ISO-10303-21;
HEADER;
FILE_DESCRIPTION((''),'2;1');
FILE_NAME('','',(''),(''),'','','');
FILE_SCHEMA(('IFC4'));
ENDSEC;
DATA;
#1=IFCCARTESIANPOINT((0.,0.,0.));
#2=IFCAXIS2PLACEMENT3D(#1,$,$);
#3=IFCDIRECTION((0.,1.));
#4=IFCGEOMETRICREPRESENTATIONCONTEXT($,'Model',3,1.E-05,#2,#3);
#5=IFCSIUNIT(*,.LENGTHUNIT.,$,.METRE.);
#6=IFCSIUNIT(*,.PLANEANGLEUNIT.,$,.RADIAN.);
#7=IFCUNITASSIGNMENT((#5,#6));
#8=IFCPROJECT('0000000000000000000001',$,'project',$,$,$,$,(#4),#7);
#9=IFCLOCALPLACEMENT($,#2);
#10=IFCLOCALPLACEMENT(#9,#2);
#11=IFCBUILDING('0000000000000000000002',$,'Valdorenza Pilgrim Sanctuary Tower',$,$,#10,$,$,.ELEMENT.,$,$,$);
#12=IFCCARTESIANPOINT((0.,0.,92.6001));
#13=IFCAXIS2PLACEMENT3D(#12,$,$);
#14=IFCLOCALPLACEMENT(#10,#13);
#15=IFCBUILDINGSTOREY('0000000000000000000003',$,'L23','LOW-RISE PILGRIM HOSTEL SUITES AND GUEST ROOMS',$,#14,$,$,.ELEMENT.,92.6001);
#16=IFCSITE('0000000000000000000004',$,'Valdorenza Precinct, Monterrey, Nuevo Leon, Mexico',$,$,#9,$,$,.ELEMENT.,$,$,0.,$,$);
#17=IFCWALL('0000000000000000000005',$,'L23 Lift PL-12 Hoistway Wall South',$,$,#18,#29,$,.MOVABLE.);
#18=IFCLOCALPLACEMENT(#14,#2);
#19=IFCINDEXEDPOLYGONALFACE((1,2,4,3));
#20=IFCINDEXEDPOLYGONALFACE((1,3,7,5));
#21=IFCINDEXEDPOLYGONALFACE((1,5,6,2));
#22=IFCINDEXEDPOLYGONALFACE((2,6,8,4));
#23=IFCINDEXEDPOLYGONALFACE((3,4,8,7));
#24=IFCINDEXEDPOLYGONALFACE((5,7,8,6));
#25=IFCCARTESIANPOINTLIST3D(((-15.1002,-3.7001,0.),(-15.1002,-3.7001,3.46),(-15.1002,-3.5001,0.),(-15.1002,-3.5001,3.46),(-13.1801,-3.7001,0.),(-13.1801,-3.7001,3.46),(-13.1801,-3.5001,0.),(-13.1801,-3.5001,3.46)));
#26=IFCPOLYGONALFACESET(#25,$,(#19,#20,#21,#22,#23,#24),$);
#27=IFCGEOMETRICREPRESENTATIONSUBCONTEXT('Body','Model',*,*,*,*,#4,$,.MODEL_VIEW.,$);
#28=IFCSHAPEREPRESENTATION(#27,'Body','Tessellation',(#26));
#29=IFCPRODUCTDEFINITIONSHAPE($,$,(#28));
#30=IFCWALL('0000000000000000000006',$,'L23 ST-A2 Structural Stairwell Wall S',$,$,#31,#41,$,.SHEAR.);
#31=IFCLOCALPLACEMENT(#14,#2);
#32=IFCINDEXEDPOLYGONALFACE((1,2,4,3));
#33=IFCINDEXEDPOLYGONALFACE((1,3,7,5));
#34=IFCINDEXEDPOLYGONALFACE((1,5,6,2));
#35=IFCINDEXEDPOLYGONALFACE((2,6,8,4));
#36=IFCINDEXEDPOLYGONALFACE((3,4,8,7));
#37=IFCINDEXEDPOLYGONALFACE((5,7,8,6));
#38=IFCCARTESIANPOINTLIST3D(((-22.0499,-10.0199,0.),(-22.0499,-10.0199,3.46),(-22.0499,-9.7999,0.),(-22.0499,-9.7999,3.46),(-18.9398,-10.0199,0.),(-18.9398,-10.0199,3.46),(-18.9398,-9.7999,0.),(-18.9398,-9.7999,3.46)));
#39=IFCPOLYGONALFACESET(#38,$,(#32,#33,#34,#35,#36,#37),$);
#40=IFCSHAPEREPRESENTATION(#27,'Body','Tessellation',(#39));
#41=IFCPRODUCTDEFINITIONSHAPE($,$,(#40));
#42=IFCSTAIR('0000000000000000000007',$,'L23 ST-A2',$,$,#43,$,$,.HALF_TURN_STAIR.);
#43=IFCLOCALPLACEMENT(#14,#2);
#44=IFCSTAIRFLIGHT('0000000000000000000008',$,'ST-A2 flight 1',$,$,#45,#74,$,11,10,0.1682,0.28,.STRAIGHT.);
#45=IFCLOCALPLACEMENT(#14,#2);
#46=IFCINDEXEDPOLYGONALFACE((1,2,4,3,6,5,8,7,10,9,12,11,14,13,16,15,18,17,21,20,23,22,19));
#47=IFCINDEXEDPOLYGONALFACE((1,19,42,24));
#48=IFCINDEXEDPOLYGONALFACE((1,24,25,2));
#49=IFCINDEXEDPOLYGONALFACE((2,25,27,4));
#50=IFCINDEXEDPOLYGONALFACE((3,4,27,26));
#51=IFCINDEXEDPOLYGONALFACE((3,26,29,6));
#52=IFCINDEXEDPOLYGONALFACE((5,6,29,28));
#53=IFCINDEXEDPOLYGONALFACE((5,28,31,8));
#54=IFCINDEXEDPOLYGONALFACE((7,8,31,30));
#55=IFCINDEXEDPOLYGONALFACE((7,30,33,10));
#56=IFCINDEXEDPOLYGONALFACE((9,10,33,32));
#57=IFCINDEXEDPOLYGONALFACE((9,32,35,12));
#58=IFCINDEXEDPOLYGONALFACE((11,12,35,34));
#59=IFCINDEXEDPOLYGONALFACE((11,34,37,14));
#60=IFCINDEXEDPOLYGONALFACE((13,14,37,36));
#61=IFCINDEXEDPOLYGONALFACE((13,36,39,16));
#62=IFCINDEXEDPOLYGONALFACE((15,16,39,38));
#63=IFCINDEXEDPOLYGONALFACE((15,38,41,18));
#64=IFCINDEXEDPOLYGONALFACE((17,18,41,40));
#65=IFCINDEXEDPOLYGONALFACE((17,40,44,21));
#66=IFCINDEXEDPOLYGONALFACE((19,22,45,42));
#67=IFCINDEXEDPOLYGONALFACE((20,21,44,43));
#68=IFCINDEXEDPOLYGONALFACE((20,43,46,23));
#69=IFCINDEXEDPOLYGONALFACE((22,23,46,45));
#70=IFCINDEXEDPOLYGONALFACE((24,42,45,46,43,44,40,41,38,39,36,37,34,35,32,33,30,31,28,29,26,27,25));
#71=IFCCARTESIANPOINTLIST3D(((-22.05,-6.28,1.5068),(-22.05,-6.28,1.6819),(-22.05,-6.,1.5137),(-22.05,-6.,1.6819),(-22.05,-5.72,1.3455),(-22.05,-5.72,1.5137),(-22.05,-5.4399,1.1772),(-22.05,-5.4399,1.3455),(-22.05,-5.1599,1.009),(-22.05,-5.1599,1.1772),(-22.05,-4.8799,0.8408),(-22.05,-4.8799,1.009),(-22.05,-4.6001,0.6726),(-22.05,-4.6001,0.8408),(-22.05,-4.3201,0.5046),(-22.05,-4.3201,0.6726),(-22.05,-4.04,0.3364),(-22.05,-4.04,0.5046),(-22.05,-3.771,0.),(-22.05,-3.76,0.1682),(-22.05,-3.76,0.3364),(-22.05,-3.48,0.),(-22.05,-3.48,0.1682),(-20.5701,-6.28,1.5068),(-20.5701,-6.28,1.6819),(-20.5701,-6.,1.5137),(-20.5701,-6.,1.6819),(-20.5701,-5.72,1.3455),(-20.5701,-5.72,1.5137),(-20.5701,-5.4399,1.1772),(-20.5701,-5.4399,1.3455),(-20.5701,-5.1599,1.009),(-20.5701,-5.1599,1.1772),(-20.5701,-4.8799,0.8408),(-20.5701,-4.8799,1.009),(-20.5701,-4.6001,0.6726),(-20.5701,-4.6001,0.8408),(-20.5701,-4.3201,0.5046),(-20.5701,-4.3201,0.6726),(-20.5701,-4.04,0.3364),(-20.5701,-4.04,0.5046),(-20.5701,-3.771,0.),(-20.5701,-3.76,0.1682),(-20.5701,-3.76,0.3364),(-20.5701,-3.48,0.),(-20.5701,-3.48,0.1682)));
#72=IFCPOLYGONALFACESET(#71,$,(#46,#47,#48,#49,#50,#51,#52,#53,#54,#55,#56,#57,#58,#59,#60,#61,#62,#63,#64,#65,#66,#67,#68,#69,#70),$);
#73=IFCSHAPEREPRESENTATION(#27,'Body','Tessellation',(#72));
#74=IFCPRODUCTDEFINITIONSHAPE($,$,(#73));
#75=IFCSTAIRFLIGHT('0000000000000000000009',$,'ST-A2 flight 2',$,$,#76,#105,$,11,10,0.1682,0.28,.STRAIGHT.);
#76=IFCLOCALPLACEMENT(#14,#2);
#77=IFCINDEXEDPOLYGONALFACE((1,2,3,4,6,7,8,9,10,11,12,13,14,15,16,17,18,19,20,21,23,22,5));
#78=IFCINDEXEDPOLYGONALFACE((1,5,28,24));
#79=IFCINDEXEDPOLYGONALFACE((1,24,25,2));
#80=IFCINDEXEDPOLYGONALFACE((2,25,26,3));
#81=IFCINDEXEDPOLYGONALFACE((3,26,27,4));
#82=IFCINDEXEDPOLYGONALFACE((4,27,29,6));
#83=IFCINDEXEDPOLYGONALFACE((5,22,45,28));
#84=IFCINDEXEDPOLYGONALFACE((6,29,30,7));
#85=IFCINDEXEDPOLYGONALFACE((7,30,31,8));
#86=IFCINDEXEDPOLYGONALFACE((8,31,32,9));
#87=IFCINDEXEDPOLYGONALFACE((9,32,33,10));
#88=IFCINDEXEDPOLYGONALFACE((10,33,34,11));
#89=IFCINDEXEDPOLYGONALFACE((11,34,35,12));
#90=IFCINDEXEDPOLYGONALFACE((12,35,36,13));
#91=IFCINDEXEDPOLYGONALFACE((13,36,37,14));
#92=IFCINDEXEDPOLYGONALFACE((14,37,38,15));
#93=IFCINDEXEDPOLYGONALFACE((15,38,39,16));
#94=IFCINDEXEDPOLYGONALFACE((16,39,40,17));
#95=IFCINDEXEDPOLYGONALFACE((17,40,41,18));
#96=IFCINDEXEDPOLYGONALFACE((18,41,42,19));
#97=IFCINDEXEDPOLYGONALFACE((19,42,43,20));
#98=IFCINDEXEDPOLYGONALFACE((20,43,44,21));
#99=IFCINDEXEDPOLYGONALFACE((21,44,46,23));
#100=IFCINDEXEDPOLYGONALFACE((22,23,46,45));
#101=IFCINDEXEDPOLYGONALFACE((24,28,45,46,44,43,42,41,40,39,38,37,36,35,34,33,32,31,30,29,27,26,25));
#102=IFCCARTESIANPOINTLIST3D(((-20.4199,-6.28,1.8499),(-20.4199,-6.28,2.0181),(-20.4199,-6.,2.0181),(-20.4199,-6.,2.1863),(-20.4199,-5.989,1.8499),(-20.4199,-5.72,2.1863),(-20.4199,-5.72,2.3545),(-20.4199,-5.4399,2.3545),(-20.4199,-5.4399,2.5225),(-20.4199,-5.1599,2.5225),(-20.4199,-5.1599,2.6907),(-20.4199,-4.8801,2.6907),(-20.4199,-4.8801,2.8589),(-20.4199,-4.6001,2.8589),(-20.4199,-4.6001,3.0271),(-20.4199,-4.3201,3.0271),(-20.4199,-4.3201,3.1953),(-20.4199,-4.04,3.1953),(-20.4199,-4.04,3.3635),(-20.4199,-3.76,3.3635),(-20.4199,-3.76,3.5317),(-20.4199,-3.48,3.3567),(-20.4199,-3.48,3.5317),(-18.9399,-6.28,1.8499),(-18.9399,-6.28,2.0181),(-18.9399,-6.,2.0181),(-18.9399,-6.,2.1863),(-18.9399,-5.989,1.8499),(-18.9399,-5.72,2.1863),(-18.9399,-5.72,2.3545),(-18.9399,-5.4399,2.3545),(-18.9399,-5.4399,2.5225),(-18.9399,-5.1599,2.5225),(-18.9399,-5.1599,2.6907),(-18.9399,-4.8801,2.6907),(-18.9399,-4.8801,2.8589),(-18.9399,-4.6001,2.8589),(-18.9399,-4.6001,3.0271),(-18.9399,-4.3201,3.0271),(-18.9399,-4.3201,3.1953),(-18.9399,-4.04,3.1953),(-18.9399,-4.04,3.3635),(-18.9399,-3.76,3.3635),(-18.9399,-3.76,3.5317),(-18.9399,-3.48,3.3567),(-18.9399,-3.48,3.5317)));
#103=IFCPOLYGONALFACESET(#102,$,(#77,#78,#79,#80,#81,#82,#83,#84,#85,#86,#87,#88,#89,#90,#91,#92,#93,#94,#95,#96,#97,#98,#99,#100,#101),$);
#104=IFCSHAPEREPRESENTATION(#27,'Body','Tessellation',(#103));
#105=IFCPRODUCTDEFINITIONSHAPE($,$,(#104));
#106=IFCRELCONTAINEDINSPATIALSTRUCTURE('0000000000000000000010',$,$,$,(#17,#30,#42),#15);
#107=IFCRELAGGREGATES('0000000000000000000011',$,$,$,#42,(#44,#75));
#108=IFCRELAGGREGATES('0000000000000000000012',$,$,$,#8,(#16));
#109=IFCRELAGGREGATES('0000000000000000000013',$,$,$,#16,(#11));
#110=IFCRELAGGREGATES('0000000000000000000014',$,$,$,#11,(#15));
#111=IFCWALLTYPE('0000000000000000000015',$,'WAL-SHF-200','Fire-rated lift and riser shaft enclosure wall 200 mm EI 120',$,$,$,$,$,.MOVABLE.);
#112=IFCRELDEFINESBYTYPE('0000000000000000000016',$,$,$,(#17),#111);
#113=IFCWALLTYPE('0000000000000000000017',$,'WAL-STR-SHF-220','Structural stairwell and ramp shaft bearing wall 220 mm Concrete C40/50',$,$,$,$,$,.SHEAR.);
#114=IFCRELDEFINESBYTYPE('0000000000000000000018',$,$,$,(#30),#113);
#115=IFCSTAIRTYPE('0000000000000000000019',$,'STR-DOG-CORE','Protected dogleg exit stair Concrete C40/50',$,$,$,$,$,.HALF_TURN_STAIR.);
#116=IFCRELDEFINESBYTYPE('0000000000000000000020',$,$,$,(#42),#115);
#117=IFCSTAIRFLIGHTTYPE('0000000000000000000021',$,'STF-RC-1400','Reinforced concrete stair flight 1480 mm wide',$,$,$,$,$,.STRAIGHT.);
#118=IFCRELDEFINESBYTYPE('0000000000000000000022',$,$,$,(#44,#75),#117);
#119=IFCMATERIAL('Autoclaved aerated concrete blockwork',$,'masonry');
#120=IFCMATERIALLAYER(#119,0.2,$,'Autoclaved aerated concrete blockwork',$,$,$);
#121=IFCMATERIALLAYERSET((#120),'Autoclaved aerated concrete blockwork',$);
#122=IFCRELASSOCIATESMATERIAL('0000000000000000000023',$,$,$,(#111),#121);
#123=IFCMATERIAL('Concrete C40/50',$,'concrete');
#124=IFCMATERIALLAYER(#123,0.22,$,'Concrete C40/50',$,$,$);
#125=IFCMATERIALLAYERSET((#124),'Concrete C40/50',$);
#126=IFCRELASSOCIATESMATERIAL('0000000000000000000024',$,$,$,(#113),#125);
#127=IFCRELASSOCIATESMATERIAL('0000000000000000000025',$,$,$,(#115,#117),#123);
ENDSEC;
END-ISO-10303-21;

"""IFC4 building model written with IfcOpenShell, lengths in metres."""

from ifc_helpers import new_model, si_unit, direction, frame, frame_2d, origin, place, context, subcontext, project, spatial, polyline, rectangle, outline, extrude, material, layer, layer_set, type_object, element, aggregate, save


model = new_model("IFC4")

# Units and contexts
model_context = context("Model", 3, precision=1e-05, world=origin(), true_north=direction((0.0, 1.0)))
body_context = subcontext(model_context, "Body", "Model", "MODEL_VIEW")
ifc_project = project(units=[si_unit("LENGTHUNIT", "METRE"), si_unit("PLANEANGLEUNIT", "RADIAN")], contexts=[model_context])

# Site, building, storey
site_placement = place(None, origin())
site = spatial("IfcSite", under=ifc_project, at=site_placement, Name="Valdorenza Precinct, Monterrey, Nuevo Leon, Mexico", CompositionType="ELEMENT", RefElevation=0.0)
building_placement = place(site_placement, origin())
building = spatial("IfcBuilding", under=site, at=building_placement, Name="Valdorenza Pilgrim Sanctuary Tower", CompositionType="ELEMENT")
storey_placement = place(building_placement, frame((0.0, 0.0, 92.6001)))
storey = spatial("IfcBuildingStorey", under=building, at=storey_placement, Name="L23", Description="LOW-RISE PILGRIM HOSTEL SUITES AND GUEST ROOMS", CompositionType="ELEMENT", Elevation=92.6001)

# Shared definitions
ifc_material_1 = material(Name="Autoclaved aerated concrete blockwork", Category="masonry")
ifc_layer_1 = layer(ifc_material_1, 0.2, Name="Autoclaved aerated concrete blockwork")
ifc_layer_set_1 = layer_set([ifc_layer_1], Name="Autoclaved aerated concrete blockwork")
wall_type_1 = type_object("IfcWallType", Name="WAL-SHF-200", Description="Fire-rated lift and riser shaft enclosure wall 200 mm EI 120", PredefinedType="MOVABLE", material=ifc_layer_set_1)

# Walls
wall_1_placement = place(storey_placement, frame((-15.1001, -3.6001, 0.0), z_axis=(0.0, 0.0, 1.0), x_axis=(1.0, 0.0, 0.0)))
element("IfcWall", 1, at=wall_1_placement, inside=storey, type_object=wall_type_1, Name="L23 Lift PL-12 Hoistway Wall South", PredefinedType="MOVABLE", context=body_context, shape_type="SweptSolid", body=[
    extrude(rectangle(XDim=1.9202, YDim=0.2, at=frame_2d((0.96, 0.0))), origin(), (0.0, 0.0, 1.0), 3.46),
])
ifc_material_2 = material(Name="Concrete C40/50", Category="concrete")
ifc_layer_2 = layer(ifc_material_2, 0.22, Name="Concrete C40/50")
ifc_layer_set_2 = layer_set([ifc_layer_2], Name="Concrete C40/50")
wall_type_2 = type_object("IfcWallType", Name="WAL-STR-SHF-220", Description="Structural stairwell and ramp shaft bearing wall 220 mm Concrete C40/50", PredefinedType="SHEAR", material=ifc_layer_set_2)
wall_2_placement = place(storey_placement, frame((-22.05, -9.9099, 0.0), z_axis=(0.0, 0.0, 1.0), x_axis=(1.0, 0.0, 0.0)))
element("IfcWall", 2, at=wall_2_placement, inside=storey, type_object=wall_type_2, Name="L23 ST-A2 Structural Stairwell Wall S", PredefinedType="SHEAR", context=body_context, shape_type="SweptSolid", body=[
    extrude(rectangle(XDim=3.1101, YDim=0.22, at=frame_2d((1.5552, 0.0))), origin(), (0.0, 0.0, 1.0), 3.46),
])

# Stair, stair flights
stair_type = type_object("IfcStairType", Name="STR-DOG-CORE", Description="Protected dogleg exit stair Concrete C40/50", PredefinedType="HALF_TURN_STAIR", material=ifc_material_2)
stair_placement = place(storey_placement, origin())
stair = element("IfcStair", 3, at=stair_placement, inside=storey, type_object=stair_type, Name="L23 ST-A2", PredefinedType="HALF_TURN_STAIR")
stair_flight_type = type_object("IfcStairFlightType", Name="STF-RC-1400", Description="Reinforced concrete stair flight 1480 mm wide", PredefinedType="STRAIGHT", material=ifc_material_2)
stair_flight_1_placement = place(storey_placement, frame((-21.3101, -3.48, 0.0), z_axis=(0.0, 0.0, 1.0), x_axis=(0.0, -1.0, 0.0)))
stair_flight_1 = element("IfcStairFlight", 4, at=stair_flight_1_placement, type_object=stair_flight_type, Name="ST-A2 flight 1", NumberOfRisers=11, NumberOfTreads=10, PredefinedType="STRAIGHT", RiserHeight=0.1682, TreadLength=0.28, context=body_context, shape_type="SweptSolid", body=[
    extrude(outline(polyline([(0.0, 0.0), (0.0, 0.1682), (0.28, 0.1682), (0.28, 0.3364), (0.5601, 0.3364), (0.5601, 0.5046), (0.8401, 0.5046), (0.8401, 0.6726), (1.1201, 0.6726), (1.1201, 0.8408), (1.3999, 0.8408), (1.3999, 1.009), (1.6799, 1.009), (1.6799, 1.1772), (1.96, 1.1772), (1.96, 1.3455), (2.24, 1.3455), (2.24, 1.5137), (2.52, 1.5137), (2.52, 1.6819), (2.8, 1.6819), (2.8, 1.8501), (2.8, 1.5068), (0.291, 0.0), (0.0, 0.0)])), frame((0.0, 0.74, 0.0), z_axis=(0.0, -1.0, 0.0), x_axis=(1.0, 0.0, 0.0)), (0.0, 0.0, 1.0), 1.48),
])
stair_flight_2_placement = place(storey_placement, frame((-19.6799, -6.28, 1.8499), z_axis=(0.0, 0.0, 1.0), x_axis=(0.0, 1.0, 0.0)))
stair_flight_2 = element("IfcStairFlight", 5, at=stair_flight_2_placement, type_object=stair_flight_type, Name="ST-A2 flight 2", NumberOfRisers=11, NumberOfTreads=10, PredefinedType="STRAIGHT", RiserHeight=0.1682, TreadLength=0.28, context=body_context, shape_type="SweptSolid", body=[
    extrude(outline(polyline([(0.0, 0.0), (0.0, 0.1682), (0.28, 0.1682), (0.28, 0.3364), (0.5601, 0.3364), (0.5601, 0.5046), (0.8401, 0.5046), (0.8401, 0.6726), (1.1201, 0.6726), (1.1201, 0.8408), (1.3999, 0.8408), (1.3999, 1.009), (1.6799, 1.009), (1.6799, 1.1772), (1.96, 1.1772), (1.96, 1.3455), (2.24, 1.3455), (2.24, 1.5137), (2.52, 1.5137), (2.52, 1.6819), (2.8, 1.6819), (2.8, 1.8501), (2.8, 1.5068), (0.291, 0.0), (0.0, 0.0)])), frame((0.0, 0.74, 0.0), z_axis=(0.0, -1.0, 0.0), x_axis=(1.0, 0.0, 0.0)), (0.0, 0.0, 1.0), 1.48),
])
aggregate(stair, [stair_flight_1, stair_flight_2])

save(model, "model.ifc")
